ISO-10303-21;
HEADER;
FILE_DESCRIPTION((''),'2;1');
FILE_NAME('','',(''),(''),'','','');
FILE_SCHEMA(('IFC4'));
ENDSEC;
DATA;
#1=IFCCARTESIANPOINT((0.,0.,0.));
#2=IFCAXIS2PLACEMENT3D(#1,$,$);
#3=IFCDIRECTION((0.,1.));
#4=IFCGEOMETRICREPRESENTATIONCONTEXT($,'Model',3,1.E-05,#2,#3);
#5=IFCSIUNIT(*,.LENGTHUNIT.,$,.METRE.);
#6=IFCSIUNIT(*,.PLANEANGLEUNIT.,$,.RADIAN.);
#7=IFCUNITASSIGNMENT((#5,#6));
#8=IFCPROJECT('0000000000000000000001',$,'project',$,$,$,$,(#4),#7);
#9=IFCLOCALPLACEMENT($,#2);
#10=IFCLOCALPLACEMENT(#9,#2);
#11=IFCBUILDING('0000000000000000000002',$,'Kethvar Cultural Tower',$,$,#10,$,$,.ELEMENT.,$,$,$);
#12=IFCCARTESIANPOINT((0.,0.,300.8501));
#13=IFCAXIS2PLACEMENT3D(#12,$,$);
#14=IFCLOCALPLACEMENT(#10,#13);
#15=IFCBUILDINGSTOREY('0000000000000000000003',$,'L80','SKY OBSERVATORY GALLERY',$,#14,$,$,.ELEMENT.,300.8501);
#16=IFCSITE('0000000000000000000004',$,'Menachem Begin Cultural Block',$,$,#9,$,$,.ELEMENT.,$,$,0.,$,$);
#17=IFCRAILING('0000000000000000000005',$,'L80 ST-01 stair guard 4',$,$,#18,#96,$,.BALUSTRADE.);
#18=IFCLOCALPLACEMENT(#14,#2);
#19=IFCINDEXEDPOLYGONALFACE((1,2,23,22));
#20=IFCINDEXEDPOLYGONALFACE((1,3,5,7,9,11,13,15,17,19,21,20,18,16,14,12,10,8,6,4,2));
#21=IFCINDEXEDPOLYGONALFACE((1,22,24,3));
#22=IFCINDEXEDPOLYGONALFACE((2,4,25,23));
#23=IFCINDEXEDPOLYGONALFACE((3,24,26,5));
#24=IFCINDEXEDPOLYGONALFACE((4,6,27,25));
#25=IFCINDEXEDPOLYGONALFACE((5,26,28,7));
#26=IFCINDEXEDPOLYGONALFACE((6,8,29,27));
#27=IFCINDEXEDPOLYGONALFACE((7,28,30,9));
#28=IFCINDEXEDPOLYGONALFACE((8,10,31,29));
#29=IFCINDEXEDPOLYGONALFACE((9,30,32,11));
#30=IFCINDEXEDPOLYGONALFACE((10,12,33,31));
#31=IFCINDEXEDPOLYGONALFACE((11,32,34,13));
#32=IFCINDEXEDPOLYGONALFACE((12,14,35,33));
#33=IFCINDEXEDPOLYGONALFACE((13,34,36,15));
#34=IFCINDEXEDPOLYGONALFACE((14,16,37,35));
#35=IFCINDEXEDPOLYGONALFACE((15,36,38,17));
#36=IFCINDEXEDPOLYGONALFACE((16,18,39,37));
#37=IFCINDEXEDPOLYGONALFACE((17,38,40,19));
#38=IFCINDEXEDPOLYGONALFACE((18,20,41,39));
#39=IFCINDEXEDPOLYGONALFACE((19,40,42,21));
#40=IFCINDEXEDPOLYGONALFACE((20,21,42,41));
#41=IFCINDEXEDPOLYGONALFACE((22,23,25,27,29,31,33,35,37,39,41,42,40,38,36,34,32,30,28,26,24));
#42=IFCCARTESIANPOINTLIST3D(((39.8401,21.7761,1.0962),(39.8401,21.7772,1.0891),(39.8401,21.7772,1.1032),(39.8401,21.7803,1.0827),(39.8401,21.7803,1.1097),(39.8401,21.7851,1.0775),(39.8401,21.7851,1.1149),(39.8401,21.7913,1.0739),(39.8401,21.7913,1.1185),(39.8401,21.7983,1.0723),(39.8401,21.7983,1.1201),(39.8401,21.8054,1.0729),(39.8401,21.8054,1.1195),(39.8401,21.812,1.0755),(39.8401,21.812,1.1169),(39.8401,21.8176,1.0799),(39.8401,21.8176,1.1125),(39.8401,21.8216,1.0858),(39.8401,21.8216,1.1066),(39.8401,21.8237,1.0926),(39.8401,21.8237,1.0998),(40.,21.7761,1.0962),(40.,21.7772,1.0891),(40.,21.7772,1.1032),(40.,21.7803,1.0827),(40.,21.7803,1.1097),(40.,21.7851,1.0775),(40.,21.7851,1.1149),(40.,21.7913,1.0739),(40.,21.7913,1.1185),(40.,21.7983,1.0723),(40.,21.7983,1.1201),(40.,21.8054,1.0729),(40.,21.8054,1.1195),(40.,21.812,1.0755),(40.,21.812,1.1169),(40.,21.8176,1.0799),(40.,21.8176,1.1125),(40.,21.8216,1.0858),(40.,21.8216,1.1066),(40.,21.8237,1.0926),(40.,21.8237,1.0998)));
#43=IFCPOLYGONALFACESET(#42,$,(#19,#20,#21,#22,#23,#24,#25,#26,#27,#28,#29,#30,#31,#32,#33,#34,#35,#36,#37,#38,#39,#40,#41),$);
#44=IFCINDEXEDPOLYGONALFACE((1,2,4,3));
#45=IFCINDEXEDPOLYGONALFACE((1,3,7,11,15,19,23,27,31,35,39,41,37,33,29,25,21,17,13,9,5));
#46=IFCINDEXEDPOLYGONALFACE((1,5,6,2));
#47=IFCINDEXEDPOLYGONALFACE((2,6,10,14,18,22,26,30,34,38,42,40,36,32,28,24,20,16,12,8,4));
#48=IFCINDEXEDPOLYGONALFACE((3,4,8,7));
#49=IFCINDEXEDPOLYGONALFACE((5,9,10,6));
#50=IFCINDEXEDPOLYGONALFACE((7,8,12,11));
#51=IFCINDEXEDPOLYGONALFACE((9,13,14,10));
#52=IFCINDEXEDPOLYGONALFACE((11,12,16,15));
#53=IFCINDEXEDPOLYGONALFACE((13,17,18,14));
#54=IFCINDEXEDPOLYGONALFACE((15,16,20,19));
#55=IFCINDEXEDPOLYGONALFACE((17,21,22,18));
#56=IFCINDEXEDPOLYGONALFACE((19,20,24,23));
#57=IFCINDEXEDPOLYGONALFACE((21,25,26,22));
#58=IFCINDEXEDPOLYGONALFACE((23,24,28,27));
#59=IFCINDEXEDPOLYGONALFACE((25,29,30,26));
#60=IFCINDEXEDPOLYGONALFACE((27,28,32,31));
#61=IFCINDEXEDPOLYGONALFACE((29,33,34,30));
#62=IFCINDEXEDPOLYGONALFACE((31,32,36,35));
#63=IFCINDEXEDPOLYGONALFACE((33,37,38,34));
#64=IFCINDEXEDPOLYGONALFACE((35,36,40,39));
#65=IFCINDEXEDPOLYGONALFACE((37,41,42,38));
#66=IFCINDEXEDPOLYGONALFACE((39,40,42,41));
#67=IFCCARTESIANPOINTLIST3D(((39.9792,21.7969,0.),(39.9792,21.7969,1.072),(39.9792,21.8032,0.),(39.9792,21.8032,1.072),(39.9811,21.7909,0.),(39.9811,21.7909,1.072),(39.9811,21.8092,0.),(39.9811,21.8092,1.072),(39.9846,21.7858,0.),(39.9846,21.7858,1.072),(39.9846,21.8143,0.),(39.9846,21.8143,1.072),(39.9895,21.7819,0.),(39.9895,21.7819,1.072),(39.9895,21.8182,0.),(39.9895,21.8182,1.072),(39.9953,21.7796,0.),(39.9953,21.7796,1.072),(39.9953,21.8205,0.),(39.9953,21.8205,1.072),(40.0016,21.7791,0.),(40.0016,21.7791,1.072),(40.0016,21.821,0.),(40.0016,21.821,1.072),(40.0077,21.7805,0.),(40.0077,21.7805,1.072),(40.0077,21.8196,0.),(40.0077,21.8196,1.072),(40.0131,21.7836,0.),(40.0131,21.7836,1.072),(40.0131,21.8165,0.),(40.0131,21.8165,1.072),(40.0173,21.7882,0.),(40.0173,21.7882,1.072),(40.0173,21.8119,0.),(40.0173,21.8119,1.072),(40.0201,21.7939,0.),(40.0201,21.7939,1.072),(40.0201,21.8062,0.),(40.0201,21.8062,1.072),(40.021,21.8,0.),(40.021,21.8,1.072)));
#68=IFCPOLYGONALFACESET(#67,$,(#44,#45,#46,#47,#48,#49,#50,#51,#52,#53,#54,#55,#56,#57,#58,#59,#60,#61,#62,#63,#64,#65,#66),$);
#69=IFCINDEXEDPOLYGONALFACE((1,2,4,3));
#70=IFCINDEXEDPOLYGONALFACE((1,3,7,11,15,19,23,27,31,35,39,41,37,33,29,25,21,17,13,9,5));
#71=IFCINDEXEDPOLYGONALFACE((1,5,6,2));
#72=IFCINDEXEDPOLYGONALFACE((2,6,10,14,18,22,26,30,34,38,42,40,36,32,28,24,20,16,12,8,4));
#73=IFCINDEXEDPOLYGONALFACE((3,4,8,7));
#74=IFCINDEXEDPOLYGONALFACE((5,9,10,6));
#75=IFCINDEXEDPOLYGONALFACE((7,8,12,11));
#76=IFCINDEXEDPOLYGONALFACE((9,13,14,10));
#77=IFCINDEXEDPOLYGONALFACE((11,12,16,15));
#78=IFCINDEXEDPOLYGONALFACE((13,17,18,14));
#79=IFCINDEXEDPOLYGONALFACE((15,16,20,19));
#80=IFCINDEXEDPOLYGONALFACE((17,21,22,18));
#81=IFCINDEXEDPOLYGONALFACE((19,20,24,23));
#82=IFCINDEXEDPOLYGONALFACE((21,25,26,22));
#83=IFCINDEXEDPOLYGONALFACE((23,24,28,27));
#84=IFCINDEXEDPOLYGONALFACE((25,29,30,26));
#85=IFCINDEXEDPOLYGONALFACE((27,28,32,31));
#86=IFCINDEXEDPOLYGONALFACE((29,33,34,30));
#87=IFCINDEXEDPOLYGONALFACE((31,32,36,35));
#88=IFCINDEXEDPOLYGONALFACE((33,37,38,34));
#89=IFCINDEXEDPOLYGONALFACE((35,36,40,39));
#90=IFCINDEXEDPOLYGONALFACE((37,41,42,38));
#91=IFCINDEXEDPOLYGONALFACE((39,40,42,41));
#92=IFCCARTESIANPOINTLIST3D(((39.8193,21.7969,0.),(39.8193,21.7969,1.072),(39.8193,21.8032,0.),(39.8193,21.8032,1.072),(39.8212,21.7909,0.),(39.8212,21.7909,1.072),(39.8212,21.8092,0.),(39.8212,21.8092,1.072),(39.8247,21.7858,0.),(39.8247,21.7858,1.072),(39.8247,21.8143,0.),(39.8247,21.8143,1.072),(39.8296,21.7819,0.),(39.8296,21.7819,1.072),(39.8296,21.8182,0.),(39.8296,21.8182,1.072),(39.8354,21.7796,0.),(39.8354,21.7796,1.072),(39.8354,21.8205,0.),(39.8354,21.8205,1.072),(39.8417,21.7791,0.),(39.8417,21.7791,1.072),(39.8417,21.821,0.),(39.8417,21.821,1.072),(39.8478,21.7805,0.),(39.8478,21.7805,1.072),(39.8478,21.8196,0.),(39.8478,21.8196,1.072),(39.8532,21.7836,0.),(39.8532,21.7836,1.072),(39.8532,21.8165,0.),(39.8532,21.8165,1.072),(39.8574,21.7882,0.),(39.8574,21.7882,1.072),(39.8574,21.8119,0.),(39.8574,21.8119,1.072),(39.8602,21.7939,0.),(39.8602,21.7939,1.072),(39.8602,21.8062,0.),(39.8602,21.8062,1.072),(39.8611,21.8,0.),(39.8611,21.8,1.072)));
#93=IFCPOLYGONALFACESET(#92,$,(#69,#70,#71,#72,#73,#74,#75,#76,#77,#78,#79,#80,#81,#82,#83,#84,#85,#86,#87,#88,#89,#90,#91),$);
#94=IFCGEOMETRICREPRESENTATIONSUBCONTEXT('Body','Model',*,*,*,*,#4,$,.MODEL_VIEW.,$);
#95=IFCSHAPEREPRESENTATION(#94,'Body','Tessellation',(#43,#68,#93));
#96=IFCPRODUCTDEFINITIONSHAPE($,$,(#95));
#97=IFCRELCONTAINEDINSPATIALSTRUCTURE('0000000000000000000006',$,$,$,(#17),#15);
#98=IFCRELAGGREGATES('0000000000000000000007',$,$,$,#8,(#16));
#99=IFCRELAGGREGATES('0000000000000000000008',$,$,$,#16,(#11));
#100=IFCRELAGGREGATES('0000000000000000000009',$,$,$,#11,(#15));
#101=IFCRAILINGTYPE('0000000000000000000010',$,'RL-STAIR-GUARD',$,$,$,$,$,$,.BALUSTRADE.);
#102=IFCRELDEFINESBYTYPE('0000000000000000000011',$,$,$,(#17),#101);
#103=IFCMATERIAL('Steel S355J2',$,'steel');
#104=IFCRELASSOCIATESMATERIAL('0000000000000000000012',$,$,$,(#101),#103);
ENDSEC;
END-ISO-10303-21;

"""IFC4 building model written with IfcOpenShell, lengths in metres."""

from ifc_helpers import new_model, si_unit, direction, frame, origin, origin_2d, place, context, subcontext, project, spatial, circle, extrude, material, type_object, element, save


model = new_model("IFC4")

# Units and contexts
model_context = context("Model", 3, precision=1e-05, world=origin(), true_north=direction((0.0, 1.0)))
body_context = subcontext(model_context, "Body", "Model", "MODEL_VIEW")
ifc_project = project(units=[si_unit("LENGTHUNIT", "METRE"), si_unit("PLANEANGLEUNIT", "RADIAN")], contexts=[model_context])

# Site, building, storey
site_placement = place(None, origin())
site = spatial("IfcSite", under=ifc_project, at=site_placement, Name="Menachem Begin Cultural Block", CompositionType="ELEMENT", RefElevation=0.0)
building_placement = place(site_placement, origin())
building = spatial("IfcBuilding", under=site, at=building_placement, Name="Kethvar Cultural Tower", CompositionType="ELEMENT")
storey_placement = place(building_placement, frame((0.0, 0.0, 300.8501)))
storey = spatial("IfcBuildingStorey", under=building, at=storey_placement, Name="L80", Description="SKY OBSERVATORY GALLERY", CompositionType="ELEMENT", Elevation=300.8501)

# Shared definitions
ifc_material_1 = material(Name="Steel S355J2", Category="steel")

# Railing
railing_type_1 = type_object("IfcRailingType", Name="RL-STAIR-GUARD", PredefinedType="BALUSTRADE", material=ifc_material_1)
railing_1_placement = place(storey_placement, frame((40.0, 21.8, 0.0)))
element("IfcRailing", 1, at=railing_1_placement, inside=storey, type_object=railing_type_1, Name="L80 ST-01 stair guard 4", PredefinedType="BALUSTRADE", context=body_context, shape_type="SweptSolid", body=[
    extrude(circle(Radius=0.0239, at=origin_2d()), frame((0.0, 0.0, 1.0962), z_axis=(-1.0, 0.0, 0.0), x_axis=(0.0, -1.0, 0.0)), (0.0, 0.0, 1.0), 0.1599),
    extrude(circle(Radius=0.021, at=origin_2d()), origin(), (0.0, 0.0, 1.0), 1.072),
    extrude(circle(Radius=0.021, at=origin_2d()), frame((-0.1599, 0.0, 0.0)), (0.0, 0.0, 1.0), 1.072),
])

save(model, "model.ifc")
